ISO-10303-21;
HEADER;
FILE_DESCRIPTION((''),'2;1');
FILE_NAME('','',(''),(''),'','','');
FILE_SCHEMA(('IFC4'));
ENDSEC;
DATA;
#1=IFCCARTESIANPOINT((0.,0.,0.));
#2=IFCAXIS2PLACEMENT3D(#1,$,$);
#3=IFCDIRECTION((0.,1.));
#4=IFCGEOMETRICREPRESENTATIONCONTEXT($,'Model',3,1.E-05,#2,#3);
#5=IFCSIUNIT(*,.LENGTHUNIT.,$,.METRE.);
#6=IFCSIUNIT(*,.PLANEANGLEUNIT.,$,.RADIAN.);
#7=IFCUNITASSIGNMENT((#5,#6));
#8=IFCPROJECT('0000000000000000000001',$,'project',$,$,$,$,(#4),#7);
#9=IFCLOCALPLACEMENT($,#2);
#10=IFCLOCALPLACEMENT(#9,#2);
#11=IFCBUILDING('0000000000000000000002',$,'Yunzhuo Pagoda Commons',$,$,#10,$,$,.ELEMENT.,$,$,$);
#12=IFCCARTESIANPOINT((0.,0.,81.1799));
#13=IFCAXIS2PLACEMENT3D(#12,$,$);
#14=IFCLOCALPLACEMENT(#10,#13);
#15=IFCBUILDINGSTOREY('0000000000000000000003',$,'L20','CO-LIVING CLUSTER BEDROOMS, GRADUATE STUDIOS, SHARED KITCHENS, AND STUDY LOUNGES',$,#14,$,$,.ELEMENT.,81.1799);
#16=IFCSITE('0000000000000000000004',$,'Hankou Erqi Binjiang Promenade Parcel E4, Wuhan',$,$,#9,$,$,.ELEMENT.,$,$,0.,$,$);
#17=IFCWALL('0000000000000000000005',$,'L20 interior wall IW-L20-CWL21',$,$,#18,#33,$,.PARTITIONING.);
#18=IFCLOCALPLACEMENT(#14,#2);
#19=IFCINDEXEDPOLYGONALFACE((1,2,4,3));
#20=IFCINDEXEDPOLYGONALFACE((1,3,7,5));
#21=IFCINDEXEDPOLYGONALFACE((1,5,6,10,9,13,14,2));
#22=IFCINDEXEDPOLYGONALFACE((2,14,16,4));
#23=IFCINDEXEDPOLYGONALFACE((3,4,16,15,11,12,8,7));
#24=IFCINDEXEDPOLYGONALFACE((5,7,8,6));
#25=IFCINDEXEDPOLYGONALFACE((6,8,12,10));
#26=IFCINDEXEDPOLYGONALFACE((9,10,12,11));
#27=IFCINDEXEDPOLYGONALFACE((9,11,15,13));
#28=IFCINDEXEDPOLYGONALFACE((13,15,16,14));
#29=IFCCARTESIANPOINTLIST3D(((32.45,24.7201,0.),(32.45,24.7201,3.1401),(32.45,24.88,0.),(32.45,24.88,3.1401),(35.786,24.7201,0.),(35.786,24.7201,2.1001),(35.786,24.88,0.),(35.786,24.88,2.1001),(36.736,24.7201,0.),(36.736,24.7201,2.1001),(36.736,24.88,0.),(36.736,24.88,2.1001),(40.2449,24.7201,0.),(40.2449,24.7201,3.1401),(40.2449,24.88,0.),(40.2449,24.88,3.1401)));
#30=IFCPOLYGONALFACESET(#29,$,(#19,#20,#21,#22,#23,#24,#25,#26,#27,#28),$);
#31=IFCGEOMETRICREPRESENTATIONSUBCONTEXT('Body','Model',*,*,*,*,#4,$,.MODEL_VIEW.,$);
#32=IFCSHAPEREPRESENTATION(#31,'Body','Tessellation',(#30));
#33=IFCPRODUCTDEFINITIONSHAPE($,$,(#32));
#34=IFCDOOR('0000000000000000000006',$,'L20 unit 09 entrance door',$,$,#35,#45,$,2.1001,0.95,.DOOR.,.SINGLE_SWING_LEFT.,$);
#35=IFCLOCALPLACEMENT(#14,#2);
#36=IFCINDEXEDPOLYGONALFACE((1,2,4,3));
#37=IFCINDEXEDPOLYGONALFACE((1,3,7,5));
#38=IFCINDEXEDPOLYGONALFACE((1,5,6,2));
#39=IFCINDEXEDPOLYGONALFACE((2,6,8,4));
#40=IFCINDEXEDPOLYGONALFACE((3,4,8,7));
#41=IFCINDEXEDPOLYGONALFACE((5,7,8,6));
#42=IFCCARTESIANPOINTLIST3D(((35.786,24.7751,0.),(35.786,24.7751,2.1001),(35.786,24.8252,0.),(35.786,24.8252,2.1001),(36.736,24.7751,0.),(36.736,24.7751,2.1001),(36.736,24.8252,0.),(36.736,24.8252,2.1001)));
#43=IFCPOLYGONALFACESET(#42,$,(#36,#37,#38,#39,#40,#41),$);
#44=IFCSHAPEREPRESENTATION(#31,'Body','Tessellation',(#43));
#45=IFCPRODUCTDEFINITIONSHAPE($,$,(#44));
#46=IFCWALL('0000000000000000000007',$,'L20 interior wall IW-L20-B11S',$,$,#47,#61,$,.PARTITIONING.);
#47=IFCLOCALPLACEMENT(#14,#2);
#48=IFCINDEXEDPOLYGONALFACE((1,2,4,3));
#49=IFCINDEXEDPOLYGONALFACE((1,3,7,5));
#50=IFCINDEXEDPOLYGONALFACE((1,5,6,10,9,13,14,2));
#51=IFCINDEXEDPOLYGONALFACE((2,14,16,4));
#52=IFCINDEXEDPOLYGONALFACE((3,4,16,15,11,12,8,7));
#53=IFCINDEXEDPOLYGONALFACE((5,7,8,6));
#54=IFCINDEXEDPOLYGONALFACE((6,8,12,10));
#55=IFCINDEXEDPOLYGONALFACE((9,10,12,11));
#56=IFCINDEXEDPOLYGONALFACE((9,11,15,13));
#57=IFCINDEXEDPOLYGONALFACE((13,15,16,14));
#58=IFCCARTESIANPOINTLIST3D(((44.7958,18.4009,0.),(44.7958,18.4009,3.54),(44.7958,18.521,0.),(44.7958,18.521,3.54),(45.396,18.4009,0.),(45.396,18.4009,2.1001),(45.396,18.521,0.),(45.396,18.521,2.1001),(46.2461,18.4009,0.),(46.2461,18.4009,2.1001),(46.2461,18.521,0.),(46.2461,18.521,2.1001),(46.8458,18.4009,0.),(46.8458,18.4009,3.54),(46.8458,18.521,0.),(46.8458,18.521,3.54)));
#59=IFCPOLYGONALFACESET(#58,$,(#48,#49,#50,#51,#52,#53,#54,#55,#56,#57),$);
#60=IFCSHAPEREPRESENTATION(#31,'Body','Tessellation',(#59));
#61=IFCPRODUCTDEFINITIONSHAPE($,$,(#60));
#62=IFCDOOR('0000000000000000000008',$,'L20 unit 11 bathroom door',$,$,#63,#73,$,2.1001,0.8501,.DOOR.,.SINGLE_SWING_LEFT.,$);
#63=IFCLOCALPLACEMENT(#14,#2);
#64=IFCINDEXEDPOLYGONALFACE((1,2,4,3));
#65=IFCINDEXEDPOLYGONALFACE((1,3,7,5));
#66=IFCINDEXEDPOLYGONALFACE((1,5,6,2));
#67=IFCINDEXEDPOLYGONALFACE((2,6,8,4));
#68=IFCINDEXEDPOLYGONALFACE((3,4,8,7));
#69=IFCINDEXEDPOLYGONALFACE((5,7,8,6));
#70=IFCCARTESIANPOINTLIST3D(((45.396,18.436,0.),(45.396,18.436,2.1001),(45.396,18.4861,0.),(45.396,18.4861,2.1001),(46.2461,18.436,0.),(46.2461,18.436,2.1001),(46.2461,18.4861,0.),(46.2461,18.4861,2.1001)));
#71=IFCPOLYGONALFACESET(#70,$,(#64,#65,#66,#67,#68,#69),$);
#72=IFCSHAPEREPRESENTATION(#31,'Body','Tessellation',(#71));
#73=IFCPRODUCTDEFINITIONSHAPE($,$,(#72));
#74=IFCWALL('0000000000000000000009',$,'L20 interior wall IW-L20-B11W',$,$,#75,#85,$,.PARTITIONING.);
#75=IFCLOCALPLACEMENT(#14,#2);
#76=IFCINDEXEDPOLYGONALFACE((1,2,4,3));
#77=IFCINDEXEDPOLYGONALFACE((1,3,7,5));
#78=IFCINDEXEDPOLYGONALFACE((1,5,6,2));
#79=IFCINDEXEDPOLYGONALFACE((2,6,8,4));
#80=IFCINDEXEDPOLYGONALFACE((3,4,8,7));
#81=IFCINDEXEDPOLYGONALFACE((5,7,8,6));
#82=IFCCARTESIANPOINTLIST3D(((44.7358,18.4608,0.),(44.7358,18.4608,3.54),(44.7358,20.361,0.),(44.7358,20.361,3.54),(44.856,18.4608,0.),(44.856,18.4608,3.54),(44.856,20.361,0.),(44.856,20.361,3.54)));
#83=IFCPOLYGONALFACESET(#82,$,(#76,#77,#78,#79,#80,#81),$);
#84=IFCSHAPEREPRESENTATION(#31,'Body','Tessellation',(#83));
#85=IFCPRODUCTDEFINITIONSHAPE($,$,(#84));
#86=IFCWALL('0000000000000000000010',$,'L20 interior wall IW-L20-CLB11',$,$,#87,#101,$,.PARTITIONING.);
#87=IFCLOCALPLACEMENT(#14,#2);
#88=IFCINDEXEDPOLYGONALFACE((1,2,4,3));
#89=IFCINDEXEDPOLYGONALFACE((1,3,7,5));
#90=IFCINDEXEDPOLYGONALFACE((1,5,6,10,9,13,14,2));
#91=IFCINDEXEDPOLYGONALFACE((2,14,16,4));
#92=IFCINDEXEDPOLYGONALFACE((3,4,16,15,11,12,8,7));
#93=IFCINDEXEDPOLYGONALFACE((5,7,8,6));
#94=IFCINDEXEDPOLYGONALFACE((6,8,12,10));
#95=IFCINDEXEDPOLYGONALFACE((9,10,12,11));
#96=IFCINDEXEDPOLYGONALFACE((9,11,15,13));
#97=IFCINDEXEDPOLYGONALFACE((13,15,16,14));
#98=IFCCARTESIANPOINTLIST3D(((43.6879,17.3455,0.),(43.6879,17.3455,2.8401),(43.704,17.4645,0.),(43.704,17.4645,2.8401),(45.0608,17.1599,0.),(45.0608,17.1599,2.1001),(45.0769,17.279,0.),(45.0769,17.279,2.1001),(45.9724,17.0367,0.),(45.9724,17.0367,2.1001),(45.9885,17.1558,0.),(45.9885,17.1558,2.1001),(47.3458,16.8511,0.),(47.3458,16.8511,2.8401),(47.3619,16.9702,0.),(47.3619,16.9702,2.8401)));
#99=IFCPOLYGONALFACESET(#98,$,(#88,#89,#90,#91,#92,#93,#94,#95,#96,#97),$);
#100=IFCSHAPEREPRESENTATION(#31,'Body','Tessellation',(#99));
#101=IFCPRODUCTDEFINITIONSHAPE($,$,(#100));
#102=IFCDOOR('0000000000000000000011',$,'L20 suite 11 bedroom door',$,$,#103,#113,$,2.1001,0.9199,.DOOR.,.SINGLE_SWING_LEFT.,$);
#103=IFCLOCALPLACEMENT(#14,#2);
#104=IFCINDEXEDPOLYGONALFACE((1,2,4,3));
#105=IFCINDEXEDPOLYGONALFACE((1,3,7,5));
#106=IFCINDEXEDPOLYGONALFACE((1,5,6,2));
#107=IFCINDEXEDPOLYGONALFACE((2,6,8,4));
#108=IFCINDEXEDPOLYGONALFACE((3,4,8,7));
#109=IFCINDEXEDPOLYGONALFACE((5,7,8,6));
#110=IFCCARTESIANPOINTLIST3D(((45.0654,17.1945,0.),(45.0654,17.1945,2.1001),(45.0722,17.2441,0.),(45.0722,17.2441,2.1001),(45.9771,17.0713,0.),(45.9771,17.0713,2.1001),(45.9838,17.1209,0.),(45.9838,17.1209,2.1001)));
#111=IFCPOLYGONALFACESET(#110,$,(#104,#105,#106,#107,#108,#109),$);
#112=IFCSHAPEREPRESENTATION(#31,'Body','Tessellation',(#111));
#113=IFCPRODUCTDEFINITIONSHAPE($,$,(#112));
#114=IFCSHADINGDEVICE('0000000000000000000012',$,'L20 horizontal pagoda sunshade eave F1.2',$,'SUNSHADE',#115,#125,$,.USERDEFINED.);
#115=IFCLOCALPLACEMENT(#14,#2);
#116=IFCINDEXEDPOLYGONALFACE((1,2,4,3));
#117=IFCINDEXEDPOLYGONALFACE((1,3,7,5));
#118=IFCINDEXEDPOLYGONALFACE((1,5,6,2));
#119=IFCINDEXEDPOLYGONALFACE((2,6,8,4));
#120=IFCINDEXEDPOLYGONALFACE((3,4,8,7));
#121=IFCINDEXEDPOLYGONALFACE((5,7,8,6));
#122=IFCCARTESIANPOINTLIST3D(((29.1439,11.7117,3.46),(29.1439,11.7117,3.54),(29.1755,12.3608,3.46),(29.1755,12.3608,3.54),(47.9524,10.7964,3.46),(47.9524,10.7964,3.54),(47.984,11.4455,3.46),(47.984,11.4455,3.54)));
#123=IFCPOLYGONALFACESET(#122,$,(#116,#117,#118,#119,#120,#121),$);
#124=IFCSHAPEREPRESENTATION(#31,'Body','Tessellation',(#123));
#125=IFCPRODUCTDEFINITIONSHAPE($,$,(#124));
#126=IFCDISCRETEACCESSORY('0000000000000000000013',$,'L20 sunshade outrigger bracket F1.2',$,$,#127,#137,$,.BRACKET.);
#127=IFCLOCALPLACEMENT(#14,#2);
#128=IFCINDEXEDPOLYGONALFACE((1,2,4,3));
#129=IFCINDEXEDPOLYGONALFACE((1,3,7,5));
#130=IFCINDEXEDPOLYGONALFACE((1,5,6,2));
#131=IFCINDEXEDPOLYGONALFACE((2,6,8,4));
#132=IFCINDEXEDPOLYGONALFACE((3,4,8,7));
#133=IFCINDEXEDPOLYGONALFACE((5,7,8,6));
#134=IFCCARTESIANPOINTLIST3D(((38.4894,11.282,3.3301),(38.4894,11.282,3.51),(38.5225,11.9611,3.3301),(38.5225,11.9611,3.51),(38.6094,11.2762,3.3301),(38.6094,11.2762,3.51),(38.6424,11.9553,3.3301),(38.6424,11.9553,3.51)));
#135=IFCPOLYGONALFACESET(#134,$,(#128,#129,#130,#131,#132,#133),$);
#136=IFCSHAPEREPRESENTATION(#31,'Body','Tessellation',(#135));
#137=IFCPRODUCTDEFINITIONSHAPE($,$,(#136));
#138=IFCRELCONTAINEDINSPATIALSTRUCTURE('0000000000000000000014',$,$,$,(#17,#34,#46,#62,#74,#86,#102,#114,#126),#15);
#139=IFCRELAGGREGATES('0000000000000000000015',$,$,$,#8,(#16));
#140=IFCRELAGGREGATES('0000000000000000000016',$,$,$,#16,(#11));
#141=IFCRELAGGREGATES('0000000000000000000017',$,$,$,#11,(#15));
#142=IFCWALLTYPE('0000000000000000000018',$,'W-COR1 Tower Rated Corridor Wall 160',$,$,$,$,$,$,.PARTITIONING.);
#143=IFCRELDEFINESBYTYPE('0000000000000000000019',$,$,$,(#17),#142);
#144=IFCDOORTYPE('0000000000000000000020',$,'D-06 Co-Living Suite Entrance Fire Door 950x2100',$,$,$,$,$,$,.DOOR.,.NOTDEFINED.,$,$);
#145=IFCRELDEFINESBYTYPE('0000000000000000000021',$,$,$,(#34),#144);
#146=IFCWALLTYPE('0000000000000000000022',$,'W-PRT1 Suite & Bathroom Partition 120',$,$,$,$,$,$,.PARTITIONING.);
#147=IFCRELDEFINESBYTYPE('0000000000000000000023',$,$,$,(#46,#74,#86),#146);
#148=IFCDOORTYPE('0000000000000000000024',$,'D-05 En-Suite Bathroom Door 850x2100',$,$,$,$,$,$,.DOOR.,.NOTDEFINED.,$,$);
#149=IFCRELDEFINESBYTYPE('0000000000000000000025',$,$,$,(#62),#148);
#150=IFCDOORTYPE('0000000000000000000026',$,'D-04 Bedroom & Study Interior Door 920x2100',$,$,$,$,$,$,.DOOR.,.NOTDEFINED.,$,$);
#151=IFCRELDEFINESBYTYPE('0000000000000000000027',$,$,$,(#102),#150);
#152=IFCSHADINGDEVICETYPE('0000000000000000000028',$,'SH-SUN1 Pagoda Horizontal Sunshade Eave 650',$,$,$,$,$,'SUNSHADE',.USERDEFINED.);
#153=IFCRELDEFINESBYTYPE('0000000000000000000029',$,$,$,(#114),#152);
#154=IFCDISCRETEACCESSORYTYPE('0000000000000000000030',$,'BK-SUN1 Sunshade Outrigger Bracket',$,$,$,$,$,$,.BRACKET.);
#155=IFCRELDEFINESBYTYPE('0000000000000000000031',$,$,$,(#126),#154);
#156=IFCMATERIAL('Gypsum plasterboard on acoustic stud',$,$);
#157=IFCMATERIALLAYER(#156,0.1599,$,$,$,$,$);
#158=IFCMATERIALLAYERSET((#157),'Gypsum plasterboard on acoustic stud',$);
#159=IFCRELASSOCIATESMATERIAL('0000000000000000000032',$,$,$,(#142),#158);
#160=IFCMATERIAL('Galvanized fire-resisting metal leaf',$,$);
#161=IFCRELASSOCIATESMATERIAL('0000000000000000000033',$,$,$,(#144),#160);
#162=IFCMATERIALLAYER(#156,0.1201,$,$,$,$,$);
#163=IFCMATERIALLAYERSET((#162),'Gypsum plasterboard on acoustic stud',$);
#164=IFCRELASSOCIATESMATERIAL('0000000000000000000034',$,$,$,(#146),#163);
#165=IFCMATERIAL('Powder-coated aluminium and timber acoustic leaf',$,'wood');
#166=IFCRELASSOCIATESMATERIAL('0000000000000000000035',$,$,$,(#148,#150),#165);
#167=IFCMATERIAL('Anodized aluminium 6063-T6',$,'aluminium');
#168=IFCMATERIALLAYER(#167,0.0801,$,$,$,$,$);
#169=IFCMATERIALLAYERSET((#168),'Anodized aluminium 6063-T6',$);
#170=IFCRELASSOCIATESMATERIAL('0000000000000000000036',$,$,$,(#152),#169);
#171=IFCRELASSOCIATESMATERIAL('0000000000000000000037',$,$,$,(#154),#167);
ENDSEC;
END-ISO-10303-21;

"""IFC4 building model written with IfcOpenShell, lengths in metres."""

from ifc_helpers import new_model, si_unit, direction, frame, frame_2d, origin, origin_with_axes, origin_2d, place, context, subcontext, project, spatial, rectangle, extrude, source, transform, mapped, material, layer, layer_set, type_object, element, fill, save


model = new_model("IFC4")

# Units and contexts
model_context = context("Model", 3, precision=1e-05, world=origin(), true_north=direction((0.0, 1.0)))
body_context = subcontext(model_context, "Body", "Model", "MODEL_VIEW")
ifc_project = project(units=[si_unit("LENGTHUNIT", "METRE"), si_unit("PLANEANGLEUNIT", "RADIAN")], contexts=[model_context])

# Site, building, storey
site_placement = place(None, origin())
site = spatial("IfcSite", under=ifc_project, at=site_placement, Name="Hankou Erqi Binjiang Promenade Parcel E4, Wuhan", CompositionType="ELEMENT", RefElevation=0.0)
building_placement = place(site_placement, origin())
building = spatial("IfcBuilding", under=site, at=building_placement, Name="Yunzhuo Pagoda Commons", CompositionType="ELEMENT")
storey_placement = place(building_placement, frame((0.0, 0.0, 81.1799)))
storey = spatial("IfcBuildingStorey", under=building, at=storey_placement, Name="L20", Description="CO-LIVING CLUSTER BEDROOMS, GRADUATE STUDIOS, SHARED KITCHENS, AND STUDY LOUNGES", CompositionType="ELEMENT", Elevation=81.1799)

# Shared definitions
ifc_material_1 = material(Name="Anodized aluminium 6063-T6", Category="aluminium")

# Walls, openings, doors
ifc_material_2 = material(Name="Gypsum plasterboard on acoustic stud")
ifc_layer_1 = layer(ifc_material_2, 0.1599)
ifc_layer_set_1 = layer_set([ifc_layer_1], Name="Gypsum plasterboard on acoustic stud")
wall_type_1 = type_object("IfcWallType", Name="W-COR1 Tower Rated Corridor Wall 160", PredefinedType="PARTITIONING", material=ifc_layer_set_1)
wall_1_placement = place(storey_placement, frame((40.2449, 24.8, 0.0), z_axis=(0.0, 0.0, 1.0), x_axis=(-1.0, 0.0, 0.0)))
wall_1 = element("IfcWall", 1, at=wall_1_placement, inside=storey, type_object=wall_type_1, Name="L20 interior wall IW-L20-CWL21", PredefinedType="PARTITIONING", context=body_context, shape_type="SweptSolid", body=[
    extrude(rectangle(XDim=7.7949, YDim=0.1599, at=frame_2d((3.8975, 0.0))), origin(), (0.0, 0.0, 1.0), 3.1401),
])
opening_1_placement = place(wall_1_placement, frame((3.5088, 0.0, 0.0)))
opening_1 = element("IfcOpeningElement", 2, at=opening_1_placement, cuts=wall_1, PredefinedType="OPENING", context=body_context, shape_type="SweptSolid", body=[
    extrude(rectangle(XDim=0.95, YDim=2.1001, at=frame_2d((0.4751, 1.05))), frame((0.0, 0.0898, 0.0), z_axis=(0.0, -1.0, 0.0), x_axis=(1.0, 0.0, 0.0)), (0.0, 0.0, 1.0), 0.1799),
])
ifc_material_3 = material(Name="Galvanized fire-resisting metal leaf")
door_type_1 = type_object("IfcDoorType", Name="D-06 Co-Living Suite Entrance Fire Door 950x2100", OperationType="NOTDEFINED", PredefinedType="DOOR", material=ifc_material_3)
shared_shape_1 = source(origin(), body_context, "Body", "SweptSolid", [
    extrude(rectangle(XDim=0.95, YDim=2.1001, at=frame_2d((0.4751, 1.05))), frame((0.0, 0.0249, 0.0), z_axis=(0.0, -1.0, 0.0), x_axis=(1.0, 0.0, 0.0)), (0.0, 0.0, 1.0), 0.05),
])
door_1_placement = place(opening_1_placement, origin_with_axes())
door_1 = element("IfcDoor", 3, at=door_1_placement, inside=storey, type_object=door_type_1, Name="L20 unit 09 entrance door", OperationType="SINGLE_SWING_LEFT", OverallHeight=2.1001, OverallWidth=0.95, PredefinedType="DOOR", context=body_context, shape_type="MappedRepresentation", body=[
    mapped(shared_shape_1, transform((0.0, 0.0, 0.0), scale=1.0)),
])
fill(opening_1, door_1)
ifc_layer_2 = layer(ifc_material_2, 0.1201)
ifc_layer_set_2 = layer_set([ifc_layer_2], Name="Gypsum plasterboard on acoustic stud")
wall_type_2 = type_object("IfcWallType", Name="W-PRT1 Suite & Bathroom Partition 120", PredefinedType="PARTITIONING", material=ifc_layer_set_2)
wall_2_placement = place(storey_placement, frame((44.7959, 18.4609, 0.0), z_axis=(0.0, 0.0, 1.0), x_axis=(1.0, 0.0, 0.0)))
wall_2 = element("IfcWall", 4, at=wall_2_placement, inside=storey, type_object=wall_type_2, Name="L20 interior wall IW-L20-B11S", PredefinedType="PARTITIONING", context=body_context, shape_type="SweptSolid", body=[
    extrude(rectangle(XDim=2.05, YDim=0.1201, at=frame_2d((1.0249, 0.0))), origin(), (0.0, 0.0, 1.0), 3.54),
])
opening_2_placement = place(wall_2_placement, frame((0.6001, 0.0, 0.0)))
opening_2 = element("IfcOpeningElement", 5, at=opening_2_placement, cuts=wall_2, PredefinedType="OPENING", context=body_context, shape_type="SweptSolid", body=[
    extrude(rectangle(XDim=0.8501, YDim=2.1001, at=frame_2d((0.425, 1.05))), frame((0.0, 0.0701, 0.0), z_axis=(0.0, -1.0, 0.0), x_axis=(1.0, 0.0, 0.0)), (0.0, 0.0, 1.0), 0.1401),
])
ifc_material_4 = material(Name="Powder-coated aluminium and timber acoustic leaf", Category="wood")
door_type_2 = type_object("IfcDoorType", Name="D-05 En-Suite Bathroom Door 850x2100", OperationType="NOTDEFINED", PredefinedType="DOOR", material=ifc_material_4)
shared_shape_2 = source(origin(), body_context, "Body", "SweptSolid", [
    extrude(rectangle(XDim=0.8501, YDim=2.1001, at=frame_2d((0.425, 1.05))), frame((0.0, 0.0249, 0.0), z_axis=(0.0, -1.0, 0.0), x_axis=(1.0, 0.0, 0.0)), (0.0, 0.0, 1.0), 0.05),
])
door_2_placement = place(opening_2_placement, frame((0.8501, 0.0, 0.0), z_axis=(0.0, 0.0, 1.0), x_axis=(-1.0, 0.0, 0.0)))
door_2 = element("IfcDoor", 6, at=door_2_placement, inside=storey, type_object=door_type_2, Name="L20 unit 11 bathroom door", OperationType="SINGLE_SWING_LEFT", OverallHeight=2.1001, OverallWidth=0.8501, PredefinedType="DOOR", context=body_context, shape_type="MappedRepresentation", body=[
    mapped(shared_shape_2, transform((0.0, 0.0, 0.0), scale=1.0)),
])
fill(opening_2, door_2)

# Wall
wall_3_placement = place(storey_placement, frame((44.7959, 20.3611, 0.0), z_axis=(0.0, 0.0, 1.0), x_axis=(0.0, -1.0, 0.0)))
element("IfcWall", 7, at=wall_3_placement, inside=storey, type_object=wall_type_2, Name="L20 interior wall IW-L20-B11W", PredefinedType="PARTITIONING", context=body_context, shape_type="SweptSolid", body=[
    extrude(rectangle(XDim=1.9001, YDim=0.1201, at=frame_2d((0.9502, 0.0))), origin(), (0.0, 0.0, 1.0), 3.54),
])

# Wall, opening, door
wall_4_placement = place(storey_placement, frame((43.6958, 17.405, 0.0), z_axis=(0.0, 0.0, 1.0), x_axis=(0.99099, -0.133935, 0.0)))
wall_4 = element("IfcWall", 8, at=wall_4_placement, inside=storey, type_object=wall_type_2, Name="L20 interior wall IW-L20-CLB11", PredefinedType="PARTITIONING", context=body_context, shape_type="SweptSolid", body=[
    extrude(rectangle(XDim=3.6912, YDim=0.1201, at=frame_2d((1.8457, 0.0))), origin(), (0.0, 0.0, 1.0), 2.8401),
])
opening_3_placement = place(wall_4_placement, frame((1.3855, 0.0, 0.0)))
opening_3 = element("IfcOpeningElement", 9, at=opening_3_placement, cuts=wall_4, PredefinedType="OPENING", context=body_context, shape_type="SweptSolid", body=[
    extrude(rectangle(XDim=0.9199, YDim=2.1001, at=frame_2d((0.46, 1.05))), frame((0.0, 0.0701, 0.0), z_axis=(0.0, -1.0, 0.0), x_axis=(1.0, 0.0, 0.0)), (0.0, 0.0, 1.0), 0.1401),
])
door_type_3 = type_object("IfcDoorType", Name="D-04 Bedroom & Study Interior Door 920x2100", OperationType="NOTDEFINED", PredefinedType="DOOR", material=ifc_material_4)
shared_shape_3 = source(origin(), body_context, "Body", "SweptSolid", [
    extrude(rectangle(XDim=0.9199, YDim=2.1001, at=frame_2d((0.46, 1.05))), frame((0.0, 0.0249, 0.0), z_axis=(0.0, -1.0, 0.0), x_axis=(1.0, 0.0, 0.0)), (0.0, 0.0, 1.0), 0.05),
])
door_3_placement = place(opening_3_placement, origin_with_axes())
door_3 = element("IfcDoor", 10, at=door_3_placement, inside=storey, type_object=door_type_3, Name="L20 suite 11 bedroom door", OperationType="SINGLE_SWING_LEFT", OverallHeight=2.1001, OverallWidth=0.9199, PredefinedType="DOOR", context=body_context, shape_type="MappedRepresentation", body=[
    mapped(shared_shape_3, transform((0.0, 0.0, 0.0), scale=1.0)),
])
fill(opening_3, door_3)

# Shading device
ifc_layer_3 = layer(ifc_material_1, 0.0801)
ifc_layer_set_3 = layer_set([ifc_layer_3], Name="Anodized aluminium 6063-T6")
shading_device_type = type_object("IfcShadingDeviceType", Name="SH-SUN1 Pagoda Horizontal Sunshade Eave 650", ElementType="SUNSHADE", PredefinedType="USERDEFINED", material=ifc_layer_set_3)
shared_shape_4 = source(origin(), body_context, "Body", "SweptSolid", [
    extrude(rectangle(XDim=18.8308, YDim=0.6499, at=origin_2d()), origin(), (0.0, 0.0, 1.0), 0.0801),
])
shading_device_placement = place(storey_placement, frame((38.564, 11.5786, 3.46), z_axis=(0.0, 0.0, 1.0), x_axis=(0.998818, -0.048606, 0.0)))
element("IfcShadingDevice", 11, at=shading_device_placement, inside=storey, type_object=shading_device_type, Name="L20 horizontal pagoda sunshade eave F1.2", ObjectType="SUNSHADE", PredefinedType="USERDEFINED", context=body_context, shape_type="MappedRepresentation", body=[
    mapped(shared_shape_4, transform((0.0, 0.0, 0.0), scale=1.0)),
])

# Discrete accessory
discrete_accessory_type = type_object("IfcDiscreteAccessoryType", Name="BK-SUN1 Sunshade Outrigger Bracket", PredefinedType="BRACKET", material=ifc_material_1)
shared_shape_5 = source(origin(), body_context, "Body", "SweptSolid", [
    extrude(rectangle(XDim=0.1201, YDim=0.6799, at=origin_2d()), origin(), (0.0, 0.0, 1.0), 0.1799),
])
discrete_accessory_placement = place(storey_placement, frame((38.5659, 11.6187, 3.3301), z_axis=(0.0, 0.0, 1.0), x_axis=(0.998818, -0.048606, 0.0)))
element("IfcDiscreteAccessory", 12, at=discrete_accessory_placement, inside=storey, type_object=discrete_accessory_type, Name="L20 sunshade outrigger bracket F1.2", PredefinedType="BRACKET", context=body_context, shape_type="MappedRepresentation", body=[
    mapped(shared_shape_5, transform((0.0, 0.0, 0.0), scale=1.0)),
])

save(model, "model.ifc")
